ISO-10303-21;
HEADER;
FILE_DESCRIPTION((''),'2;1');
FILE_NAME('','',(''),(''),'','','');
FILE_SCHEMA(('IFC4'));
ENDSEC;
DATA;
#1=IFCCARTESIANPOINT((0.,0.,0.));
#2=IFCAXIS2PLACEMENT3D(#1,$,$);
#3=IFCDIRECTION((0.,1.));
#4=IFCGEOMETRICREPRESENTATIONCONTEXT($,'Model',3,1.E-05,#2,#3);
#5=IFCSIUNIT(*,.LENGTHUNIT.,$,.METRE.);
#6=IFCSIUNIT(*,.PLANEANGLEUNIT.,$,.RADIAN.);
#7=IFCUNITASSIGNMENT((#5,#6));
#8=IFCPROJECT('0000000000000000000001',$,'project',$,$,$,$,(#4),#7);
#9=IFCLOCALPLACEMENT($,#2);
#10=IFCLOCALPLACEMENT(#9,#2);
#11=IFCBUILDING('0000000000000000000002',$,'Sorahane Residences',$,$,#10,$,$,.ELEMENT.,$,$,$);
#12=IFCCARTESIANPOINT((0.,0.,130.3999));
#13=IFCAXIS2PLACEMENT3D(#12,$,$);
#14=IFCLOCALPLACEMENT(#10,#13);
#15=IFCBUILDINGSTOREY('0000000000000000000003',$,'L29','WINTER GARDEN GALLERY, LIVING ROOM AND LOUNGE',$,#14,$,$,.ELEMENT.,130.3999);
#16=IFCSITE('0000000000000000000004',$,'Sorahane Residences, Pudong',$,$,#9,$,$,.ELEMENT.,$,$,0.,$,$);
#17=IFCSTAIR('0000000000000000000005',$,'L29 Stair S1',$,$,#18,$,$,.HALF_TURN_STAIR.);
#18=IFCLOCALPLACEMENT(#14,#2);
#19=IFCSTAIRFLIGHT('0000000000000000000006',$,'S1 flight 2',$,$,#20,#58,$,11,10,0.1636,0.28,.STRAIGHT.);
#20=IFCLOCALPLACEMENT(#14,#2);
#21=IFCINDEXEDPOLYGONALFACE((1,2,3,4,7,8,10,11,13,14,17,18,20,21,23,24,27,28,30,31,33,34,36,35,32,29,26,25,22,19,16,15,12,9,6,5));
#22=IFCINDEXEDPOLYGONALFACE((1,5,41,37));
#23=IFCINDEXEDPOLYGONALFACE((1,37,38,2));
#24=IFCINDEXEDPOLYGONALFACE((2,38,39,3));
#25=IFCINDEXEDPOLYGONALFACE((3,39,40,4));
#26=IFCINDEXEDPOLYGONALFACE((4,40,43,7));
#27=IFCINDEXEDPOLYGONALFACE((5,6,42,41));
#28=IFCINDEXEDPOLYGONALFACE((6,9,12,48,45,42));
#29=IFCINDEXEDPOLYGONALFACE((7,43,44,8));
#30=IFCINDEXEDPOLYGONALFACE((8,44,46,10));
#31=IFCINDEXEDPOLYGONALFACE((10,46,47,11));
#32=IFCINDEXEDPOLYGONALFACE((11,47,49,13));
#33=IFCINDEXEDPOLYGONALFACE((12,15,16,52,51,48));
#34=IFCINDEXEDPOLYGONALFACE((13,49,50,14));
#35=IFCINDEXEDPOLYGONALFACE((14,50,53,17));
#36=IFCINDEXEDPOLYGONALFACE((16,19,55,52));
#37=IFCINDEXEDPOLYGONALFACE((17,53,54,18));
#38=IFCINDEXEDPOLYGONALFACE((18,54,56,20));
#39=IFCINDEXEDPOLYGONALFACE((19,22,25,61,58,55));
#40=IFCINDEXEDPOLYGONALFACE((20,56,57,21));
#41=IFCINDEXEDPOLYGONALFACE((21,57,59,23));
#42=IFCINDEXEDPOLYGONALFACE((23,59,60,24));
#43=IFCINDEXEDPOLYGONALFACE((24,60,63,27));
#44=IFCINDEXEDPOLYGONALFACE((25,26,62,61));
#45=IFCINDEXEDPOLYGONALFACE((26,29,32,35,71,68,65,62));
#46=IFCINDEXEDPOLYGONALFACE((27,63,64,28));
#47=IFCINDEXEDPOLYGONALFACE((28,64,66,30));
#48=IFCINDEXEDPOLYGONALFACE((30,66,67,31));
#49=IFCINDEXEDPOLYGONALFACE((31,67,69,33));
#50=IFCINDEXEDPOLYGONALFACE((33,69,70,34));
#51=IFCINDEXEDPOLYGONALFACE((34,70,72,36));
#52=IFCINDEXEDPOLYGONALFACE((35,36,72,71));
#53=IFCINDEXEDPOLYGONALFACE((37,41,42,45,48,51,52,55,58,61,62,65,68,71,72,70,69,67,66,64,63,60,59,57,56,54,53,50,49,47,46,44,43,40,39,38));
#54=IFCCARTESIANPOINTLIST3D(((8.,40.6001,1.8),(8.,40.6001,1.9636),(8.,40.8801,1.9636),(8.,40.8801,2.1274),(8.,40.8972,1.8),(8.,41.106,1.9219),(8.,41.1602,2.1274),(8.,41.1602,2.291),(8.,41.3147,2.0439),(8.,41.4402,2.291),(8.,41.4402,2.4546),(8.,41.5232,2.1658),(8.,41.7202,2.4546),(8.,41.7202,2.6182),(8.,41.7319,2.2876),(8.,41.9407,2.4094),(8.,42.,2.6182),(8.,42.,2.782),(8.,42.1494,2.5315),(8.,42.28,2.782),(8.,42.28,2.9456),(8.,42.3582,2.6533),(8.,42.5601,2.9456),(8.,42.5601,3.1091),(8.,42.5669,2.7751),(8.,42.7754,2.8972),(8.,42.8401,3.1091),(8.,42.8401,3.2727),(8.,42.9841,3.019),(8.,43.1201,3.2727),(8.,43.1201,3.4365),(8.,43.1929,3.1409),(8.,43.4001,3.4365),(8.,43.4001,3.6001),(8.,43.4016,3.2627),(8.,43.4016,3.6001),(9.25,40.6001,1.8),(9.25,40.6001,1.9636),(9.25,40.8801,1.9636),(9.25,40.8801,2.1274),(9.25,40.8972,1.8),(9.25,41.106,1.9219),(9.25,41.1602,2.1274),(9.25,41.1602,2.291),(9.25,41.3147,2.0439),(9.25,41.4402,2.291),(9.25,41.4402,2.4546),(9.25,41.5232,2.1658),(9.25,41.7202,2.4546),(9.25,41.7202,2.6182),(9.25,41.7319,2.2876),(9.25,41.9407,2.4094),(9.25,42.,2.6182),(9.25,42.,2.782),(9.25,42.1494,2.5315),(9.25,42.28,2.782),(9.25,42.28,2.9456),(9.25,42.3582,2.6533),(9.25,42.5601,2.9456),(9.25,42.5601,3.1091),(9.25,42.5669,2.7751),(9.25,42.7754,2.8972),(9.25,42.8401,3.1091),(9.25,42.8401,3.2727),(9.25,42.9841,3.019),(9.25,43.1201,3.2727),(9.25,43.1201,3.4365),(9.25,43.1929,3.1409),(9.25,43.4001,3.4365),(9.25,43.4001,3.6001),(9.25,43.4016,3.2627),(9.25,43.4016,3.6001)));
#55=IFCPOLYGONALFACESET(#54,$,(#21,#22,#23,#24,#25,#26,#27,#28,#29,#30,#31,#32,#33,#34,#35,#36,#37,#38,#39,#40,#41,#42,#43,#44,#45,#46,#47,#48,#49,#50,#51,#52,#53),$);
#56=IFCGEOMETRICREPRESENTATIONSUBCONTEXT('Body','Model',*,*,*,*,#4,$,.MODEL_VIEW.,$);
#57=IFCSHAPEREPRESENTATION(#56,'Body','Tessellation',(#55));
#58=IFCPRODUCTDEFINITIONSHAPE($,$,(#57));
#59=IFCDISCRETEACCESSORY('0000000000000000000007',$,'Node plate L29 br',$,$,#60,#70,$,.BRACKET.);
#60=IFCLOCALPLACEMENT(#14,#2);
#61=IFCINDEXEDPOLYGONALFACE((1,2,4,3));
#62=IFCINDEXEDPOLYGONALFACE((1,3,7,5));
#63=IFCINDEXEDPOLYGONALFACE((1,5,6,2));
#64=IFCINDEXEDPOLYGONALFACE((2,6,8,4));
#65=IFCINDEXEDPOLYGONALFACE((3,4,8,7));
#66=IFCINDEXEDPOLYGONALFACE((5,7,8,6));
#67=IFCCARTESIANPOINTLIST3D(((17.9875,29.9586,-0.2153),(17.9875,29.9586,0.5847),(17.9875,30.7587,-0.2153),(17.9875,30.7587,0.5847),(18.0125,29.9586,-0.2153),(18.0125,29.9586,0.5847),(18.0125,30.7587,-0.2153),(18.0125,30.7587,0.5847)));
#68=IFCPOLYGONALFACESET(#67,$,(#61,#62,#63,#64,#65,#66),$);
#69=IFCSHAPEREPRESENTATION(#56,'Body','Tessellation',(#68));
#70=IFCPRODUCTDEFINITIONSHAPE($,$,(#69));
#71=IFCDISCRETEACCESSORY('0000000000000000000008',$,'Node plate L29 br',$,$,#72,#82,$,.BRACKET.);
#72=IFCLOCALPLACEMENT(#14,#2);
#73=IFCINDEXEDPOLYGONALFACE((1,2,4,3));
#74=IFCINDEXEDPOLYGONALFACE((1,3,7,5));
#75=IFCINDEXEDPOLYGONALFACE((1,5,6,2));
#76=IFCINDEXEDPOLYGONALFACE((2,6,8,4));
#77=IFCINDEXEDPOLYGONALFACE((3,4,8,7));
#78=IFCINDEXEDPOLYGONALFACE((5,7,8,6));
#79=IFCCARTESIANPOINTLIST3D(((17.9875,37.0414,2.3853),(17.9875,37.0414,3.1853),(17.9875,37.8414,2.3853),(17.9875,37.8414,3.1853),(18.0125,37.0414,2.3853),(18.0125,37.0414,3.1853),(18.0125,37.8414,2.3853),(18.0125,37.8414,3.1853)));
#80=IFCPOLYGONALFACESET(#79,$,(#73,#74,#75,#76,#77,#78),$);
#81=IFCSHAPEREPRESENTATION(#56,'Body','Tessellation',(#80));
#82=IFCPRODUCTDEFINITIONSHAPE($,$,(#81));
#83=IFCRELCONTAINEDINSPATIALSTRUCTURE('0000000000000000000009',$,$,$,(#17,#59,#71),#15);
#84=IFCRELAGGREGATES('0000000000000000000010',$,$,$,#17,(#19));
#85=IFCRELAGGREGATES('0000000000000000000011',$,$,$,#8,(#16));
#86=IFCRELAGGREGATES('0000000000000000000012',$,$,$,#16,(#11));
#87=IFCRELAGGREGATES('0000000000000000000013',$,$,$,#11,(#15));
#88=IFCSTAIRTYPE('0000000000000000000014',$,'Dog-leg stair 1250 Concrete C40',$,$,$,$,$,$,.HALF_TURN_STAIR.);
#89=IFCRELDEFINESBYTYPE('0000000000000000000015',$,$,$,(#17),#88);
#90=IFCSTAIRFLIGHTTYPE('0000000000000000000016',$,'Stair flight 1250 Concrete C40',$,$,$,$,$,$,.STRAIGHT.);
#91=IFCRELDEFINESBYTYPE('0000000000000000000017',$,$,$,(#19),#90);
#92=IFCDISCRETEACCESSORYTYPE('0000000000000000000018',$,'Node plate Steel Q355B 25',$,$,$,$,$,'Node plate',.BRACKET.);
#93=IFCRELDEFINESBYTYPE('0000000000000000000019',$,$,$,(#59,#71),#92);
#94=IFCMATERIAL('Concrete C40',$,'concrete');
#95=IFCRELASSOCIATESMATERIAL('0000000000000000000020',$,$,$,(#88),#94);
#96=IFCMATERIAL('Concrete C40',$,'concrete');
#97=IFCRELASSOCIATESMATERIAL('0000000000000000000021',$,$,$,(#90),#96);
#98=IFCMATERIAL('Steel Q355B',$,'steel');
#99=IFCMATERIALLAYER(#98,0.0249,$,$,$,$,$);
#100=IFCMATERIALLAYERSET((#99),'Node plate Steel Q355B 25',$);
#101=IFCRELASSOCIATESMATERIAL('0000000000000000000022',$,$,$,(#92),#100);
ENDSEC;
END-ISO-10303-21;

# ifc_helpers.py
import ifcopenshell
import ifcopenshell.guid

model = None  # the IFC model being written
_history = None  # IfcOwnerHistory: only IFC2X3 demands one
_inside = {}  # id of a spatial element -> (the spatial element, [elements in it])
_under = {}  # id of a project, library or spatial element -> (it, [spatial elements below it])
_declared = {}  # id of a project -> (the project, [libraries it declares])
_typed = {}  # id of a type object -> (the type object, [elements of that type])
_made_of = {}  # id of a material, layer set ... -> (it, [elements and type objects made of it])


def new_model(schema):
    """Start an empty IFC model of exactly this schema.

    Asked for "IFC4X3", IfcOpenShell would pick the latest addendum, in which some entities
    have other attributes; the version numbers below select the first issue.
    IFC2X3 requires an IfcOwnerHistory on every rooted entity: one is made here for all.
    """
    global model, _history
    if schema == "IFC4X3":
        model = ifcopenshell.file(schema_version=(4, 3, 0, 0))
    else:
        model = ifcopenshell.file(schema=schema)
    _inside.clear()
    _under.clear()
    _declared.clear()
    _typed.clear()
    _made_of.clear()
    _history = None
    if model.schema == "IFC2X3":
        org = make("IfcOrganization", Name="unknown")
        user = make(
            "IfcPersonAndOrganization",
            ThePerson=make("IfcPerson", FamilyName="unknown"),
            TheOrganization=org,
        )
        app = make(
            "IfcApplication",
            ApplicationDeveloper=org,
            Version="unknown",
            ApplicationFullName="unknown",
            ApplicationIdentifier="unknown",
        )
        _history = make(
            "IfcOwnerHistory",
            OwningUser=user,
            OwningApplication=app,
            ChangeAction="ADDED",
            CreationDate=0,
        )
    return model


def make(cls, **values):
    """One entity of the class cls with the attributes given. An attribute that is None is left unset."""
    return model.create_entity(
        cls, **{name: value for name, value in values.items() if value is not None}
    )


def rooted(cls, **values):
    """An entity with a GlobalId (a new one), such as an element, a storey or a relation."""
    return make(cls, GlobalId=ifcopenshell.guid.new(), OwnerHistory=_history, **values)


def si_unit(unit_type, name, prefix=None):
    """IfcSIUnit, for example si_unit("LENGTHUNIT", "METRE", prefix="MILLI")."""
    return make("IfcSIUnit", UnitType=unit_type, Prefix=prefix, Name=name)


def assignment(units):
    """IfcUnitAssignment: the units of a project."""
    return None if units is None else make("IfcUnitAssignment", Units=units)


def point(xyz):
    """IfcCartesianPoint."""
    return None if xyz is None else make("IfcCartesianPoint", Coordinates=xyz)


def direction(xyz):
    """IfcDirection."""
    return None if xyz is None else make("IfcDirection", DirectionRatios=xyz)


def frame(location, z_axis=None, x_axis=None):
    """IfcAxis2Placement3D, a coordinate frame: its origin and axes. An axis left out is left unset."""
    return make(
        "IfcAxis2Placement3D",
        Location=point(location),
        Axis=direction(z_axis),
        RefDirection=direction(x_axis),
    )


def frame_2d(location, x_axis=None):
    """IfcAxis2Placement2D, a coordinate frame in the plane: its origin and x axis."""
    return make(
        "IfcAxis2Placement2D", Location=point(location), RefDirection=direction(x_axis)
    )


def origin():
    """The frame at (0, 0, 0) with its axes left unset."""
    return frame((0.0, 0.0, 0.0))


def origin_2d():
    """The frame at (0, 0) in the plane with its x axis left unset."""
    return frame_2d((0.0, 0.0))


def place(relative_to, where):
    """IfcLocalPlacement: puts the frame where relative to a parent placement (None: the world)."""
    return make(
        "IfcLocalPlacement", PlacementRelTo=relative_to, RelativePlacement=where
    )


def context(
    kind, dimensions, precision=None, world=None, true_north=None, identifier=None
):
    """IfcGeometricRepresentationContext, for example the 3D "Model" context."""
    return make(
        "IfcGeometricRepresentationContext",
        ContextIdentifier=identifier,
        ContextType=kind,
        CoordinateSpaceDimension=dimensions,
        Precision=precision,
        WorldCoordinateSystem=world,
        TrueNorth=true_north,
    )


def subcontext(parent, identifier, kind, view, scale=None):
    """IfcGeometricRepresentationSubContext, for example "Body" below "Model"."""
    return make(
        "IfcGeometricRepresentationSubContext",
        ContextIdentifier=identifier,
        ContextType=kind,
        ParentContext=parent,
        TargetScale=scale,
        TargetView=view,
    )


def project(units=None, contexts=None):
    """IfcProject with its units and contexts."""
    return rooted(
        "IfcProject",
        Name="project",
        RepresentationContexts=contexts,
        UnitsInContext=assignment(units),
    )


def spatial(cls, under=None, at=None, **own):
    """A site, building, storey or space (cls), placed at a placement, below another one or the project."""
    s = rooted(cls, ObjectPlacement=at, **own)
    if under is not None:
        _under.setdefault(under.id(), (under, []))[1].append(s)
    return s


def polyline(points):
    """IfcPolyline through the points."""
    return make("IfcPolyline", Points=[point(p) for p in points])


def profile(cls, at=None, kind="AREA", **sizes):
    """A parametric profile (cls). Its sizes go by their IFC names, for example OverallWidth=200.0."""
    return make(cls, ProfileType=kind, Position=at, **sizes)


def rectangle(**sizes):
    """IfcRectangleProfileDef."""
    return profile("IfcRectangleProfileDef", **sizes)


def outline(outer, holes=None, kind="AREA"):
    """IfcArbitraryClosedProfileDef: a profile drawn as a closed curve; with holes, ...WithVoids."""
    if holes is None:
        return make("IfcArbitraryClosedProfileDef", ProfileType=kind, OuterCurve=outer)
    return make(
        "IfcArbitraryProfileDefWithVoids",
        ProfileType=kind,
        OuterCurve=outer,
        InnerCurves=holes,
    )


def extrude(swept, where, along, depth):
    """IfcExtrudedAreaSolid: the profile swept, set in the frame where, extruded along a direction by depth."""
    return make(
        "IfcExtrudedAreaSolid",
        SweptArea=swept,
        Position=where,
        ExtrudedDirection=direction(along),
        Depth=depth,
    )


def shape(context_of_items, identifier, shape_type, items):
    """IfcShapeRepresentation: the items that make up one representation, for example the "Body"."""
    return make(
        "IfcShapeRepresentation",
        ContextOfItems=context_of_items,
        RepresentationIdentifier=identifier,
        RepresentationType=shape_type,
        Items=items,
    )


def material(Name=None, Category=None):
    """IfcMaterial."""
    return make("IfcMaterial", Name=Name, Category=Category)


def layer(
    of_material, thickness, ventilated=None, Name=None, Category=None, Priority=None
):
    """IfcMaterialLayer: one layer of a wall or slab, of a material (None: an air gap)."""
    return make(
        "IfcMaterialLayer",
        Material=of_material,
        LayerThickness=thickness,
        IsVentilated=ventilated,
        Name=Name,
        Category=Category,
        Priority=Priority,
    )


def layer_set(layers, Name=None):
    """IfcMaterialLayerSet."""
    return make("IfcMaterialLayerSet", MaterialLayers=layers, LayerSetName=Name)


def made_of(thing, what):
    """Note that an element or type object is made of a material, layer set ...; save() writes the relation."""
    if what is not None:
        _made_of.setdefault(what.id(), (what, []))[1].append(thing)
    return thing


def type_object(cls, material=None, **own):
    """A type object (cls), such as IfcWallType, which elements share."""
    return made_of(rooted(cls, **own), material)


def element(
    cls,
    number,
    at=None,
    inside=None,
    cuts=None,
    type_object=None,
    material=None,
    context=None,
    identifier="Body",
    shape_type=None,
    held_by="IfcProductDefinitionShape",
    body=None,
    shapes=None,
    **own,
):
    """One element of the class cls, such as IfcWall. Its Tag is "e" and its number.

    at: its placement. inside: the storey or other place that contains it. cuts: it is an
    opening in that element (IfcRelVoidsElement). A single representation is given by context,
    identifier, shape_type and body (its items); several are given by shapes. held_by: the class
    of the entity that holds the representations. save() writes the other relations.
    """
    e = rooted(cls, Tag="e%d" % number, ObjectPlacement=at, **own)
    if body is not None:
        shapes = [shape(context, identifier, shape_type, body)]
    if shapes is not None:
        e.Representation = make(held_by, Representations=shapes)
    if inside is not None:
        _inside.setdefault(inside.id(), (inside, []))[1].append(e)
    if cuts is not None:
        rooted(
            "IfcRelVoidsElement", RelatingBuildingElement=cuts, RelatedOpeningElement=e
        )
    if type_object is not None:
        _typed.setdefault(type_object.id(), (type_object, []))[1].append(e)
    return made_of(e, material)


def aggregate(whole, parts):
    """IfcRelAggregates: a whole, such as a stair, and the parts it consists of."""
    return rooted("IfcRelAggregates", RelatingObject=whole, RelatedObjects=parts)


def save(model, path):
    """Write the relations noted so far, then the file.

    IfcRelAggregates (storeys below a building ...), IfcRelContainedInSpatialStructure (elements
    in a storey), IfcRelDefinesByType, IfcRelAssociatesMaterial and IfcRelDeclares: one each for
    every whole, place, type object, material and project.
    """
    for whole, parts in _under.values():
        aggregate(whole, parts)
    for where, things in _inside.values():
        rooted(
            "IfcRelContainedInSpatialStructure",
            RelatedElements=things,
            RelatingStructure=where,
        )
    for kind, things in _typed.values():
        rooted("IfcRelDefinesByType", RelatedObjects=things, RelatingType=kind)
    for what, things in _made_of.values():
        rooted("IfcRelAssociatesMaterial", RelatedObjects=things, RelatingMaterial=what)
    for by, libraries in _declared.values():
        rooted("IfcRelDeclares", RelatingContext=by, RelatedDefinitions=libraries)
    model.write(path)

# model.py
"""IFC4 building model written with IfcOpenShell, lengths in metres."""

from ifc_helpers import new_model, si_unit, direction, frame, origin, origin_2d, place, context, subcontext, project, spatial, polyline, rectangle, outline, extrude, material, layer, layer_set, type_object, element, aggregate, save


model = new_model("IFC4")

# Units and contexts
model_context = context("Model", 3, precision=1e-05, world=origin(), true_north=direction((0.0, 1.0)))
body_context = subcontext(model_context, "Body", "Model", "MODEL_VIEW")
ifc_project = project(units=[si_unit("LENGTHUNIT", "METRE"), si_unit("PLANEANGLEUNIT", "RADIAN")], contexts=[model_context])

# Site, building, storey
site_placement = place(None, origin())
site = spatial("IfcSite", under=ifc_project, at=site_placement, Name="Sorahane Residences, Pudong", CompositionType="ELEMENT", RefElevation=0.0)
building_placement = place(site_placement, origin())
building = spatial("IfcBuilding", under=site, at=building_placement, Name="Sorahane Residences", CompositionType="ELEMENT")
storey_placement = place(building_placement, frame((0.0, 0.0, 130.3999)))
storey = spatial("IfcBuildingStorey", under=building, at=storey_placement, Name="L29", Description="WINTER GARDEN GALLERY, LIVING ROOM AND LOUNGE", CompositionType="ELEMENT", Elevation=130.3999)

# Stair, stair flight
ifc_material_1 = material(Name="Concrete C40", Category="concrete")
stair_type = type_object("IfcStairType", Name="Dog-leg stair 1250 Concrete C40", PredefinedType="HALF_TURN_STAIR", material=ifc_material_1)
stair_placement = place(storey_placement, origin())
stair = element("IfcStair", 1, at=stair_placement, inside=storey, type_object=stair_type, Name="L29 Stair S1", PredefinedType="HALF_TURN_STAIR")
ifc_material_2 = material(Name="Concrete C40", Category="concrete")
stair_flight_type = type_object("IfcStairFlightType", Name="Stair flight 1250 Concrete C40", PredefinedType="STRAIGHT", material=ifc_material_2)
stair_flight_placement = place(storey_placement, frame((8.625, 40.6001, 1.8), z_axis=(0.0, 0.0, 1.0), x_axis=(0.0, 1.0, 0.0)))
stair_flight = element("IfcStairFlight", 2, at=stair_flight_placement, type_object=stair_flight_type, Name="S1 flight 2", NumberOfRisers=11, NumberOfTreads=10, PredefinedType="STRAIGHT", RiserHeight=0.1636, TreadLength=0.28, context=body_context, shape_type="SweptSolid", body=[
    extrude(outline(polyline([(0.0, 0.0), (0.0, 0.1636), (0.28, 0.1636), (0.28, 0.3274), (0.5601, 0.3274), (0.5601, 0.491), (0.8401, 0.491), (0.8401, 0.6545), (1.1201, 0.6545), (1.1201, 0.8181), (1.3999, 0.8181), (1.3999, 0.9819), (1.6799, 0.9819), (1.6799, 1.1455), (1.96, 1.1455), (1.96, 1.3091), (2.24, 1.3091), (2.24, 1.4727), (2.52, 1.4727), (2.52, 1.6365), (2.8, 1.6365), (2.8, 1.8), (2.8015, 1.8), (2.8015, 1.4626), (2.5928, 1.3408), (2.384, 1.219), (2.1753, 1.0972), (1.9668, 0.9751), (1.7581, 0.8533), (1.5493, 0.7314), (1.3406, 0.6094), (1.1318, 0.4875), (0.9231, 0.3657), (0.7146, 0.2439), (0.5059, 0.1218), (0.2971, 0.0), (0.0, 0.0)])), frame((0.0, 0.625, 0.0), z_axis=(0.0, -1.0, 0.0), x_axis=(1.0, 0.0, 0.0)), (0.0, 0.0, 1.0), 1.25),
])
aggregate(stair, [stair_flight])

# Discrete accessories
ifc_material_3 = material(Name="Steel Q355B", Category="steel")
ifc_layer_1 = layer(ifc_material_3, 0.0249)
ifc_layer_set_1 = layer_set([ifc_layer_1], Name="Node plate Steel Q355B 25")
discrete_accessory_type = type_object("IfcDiscreteAccessoryType", Name="Node plate Steel Q355B 25", ElementType="Node plate", PredefinedType="BRACKET", material=ifc_layer_set_1)
for number, where, z_axis, x_axis, name in (
    (3, (18.0, 30.3586, -0.2153), (0.0, 0.0, 1.0), (0.0, 1.0, 0.0), "Node plate L29 br"),
    (4, (18.0, 37.4414, 2.3853), (0.0, 0.0, 1.0), (0.0, 1.0, 0.0), "Node plate L29 br"),
):
    element("IfcDiscreteAccessory", number, at=place(storey_placement, frame(where, z_axis=z_axis, x_axis=x_axis)), inside=storey, type_object=discrete_accessory_type, Name=name, PredefinedType="BRACKET", context=body_context, shape_type="SweptSolid", body=[
        extrude(rectangle(XDim=0.8, YDim=0.0249, at=origin_2d()), origin(), (0.0, 0.0, 1.0), 0.8),
    ])

save(model, "model.ifc")
